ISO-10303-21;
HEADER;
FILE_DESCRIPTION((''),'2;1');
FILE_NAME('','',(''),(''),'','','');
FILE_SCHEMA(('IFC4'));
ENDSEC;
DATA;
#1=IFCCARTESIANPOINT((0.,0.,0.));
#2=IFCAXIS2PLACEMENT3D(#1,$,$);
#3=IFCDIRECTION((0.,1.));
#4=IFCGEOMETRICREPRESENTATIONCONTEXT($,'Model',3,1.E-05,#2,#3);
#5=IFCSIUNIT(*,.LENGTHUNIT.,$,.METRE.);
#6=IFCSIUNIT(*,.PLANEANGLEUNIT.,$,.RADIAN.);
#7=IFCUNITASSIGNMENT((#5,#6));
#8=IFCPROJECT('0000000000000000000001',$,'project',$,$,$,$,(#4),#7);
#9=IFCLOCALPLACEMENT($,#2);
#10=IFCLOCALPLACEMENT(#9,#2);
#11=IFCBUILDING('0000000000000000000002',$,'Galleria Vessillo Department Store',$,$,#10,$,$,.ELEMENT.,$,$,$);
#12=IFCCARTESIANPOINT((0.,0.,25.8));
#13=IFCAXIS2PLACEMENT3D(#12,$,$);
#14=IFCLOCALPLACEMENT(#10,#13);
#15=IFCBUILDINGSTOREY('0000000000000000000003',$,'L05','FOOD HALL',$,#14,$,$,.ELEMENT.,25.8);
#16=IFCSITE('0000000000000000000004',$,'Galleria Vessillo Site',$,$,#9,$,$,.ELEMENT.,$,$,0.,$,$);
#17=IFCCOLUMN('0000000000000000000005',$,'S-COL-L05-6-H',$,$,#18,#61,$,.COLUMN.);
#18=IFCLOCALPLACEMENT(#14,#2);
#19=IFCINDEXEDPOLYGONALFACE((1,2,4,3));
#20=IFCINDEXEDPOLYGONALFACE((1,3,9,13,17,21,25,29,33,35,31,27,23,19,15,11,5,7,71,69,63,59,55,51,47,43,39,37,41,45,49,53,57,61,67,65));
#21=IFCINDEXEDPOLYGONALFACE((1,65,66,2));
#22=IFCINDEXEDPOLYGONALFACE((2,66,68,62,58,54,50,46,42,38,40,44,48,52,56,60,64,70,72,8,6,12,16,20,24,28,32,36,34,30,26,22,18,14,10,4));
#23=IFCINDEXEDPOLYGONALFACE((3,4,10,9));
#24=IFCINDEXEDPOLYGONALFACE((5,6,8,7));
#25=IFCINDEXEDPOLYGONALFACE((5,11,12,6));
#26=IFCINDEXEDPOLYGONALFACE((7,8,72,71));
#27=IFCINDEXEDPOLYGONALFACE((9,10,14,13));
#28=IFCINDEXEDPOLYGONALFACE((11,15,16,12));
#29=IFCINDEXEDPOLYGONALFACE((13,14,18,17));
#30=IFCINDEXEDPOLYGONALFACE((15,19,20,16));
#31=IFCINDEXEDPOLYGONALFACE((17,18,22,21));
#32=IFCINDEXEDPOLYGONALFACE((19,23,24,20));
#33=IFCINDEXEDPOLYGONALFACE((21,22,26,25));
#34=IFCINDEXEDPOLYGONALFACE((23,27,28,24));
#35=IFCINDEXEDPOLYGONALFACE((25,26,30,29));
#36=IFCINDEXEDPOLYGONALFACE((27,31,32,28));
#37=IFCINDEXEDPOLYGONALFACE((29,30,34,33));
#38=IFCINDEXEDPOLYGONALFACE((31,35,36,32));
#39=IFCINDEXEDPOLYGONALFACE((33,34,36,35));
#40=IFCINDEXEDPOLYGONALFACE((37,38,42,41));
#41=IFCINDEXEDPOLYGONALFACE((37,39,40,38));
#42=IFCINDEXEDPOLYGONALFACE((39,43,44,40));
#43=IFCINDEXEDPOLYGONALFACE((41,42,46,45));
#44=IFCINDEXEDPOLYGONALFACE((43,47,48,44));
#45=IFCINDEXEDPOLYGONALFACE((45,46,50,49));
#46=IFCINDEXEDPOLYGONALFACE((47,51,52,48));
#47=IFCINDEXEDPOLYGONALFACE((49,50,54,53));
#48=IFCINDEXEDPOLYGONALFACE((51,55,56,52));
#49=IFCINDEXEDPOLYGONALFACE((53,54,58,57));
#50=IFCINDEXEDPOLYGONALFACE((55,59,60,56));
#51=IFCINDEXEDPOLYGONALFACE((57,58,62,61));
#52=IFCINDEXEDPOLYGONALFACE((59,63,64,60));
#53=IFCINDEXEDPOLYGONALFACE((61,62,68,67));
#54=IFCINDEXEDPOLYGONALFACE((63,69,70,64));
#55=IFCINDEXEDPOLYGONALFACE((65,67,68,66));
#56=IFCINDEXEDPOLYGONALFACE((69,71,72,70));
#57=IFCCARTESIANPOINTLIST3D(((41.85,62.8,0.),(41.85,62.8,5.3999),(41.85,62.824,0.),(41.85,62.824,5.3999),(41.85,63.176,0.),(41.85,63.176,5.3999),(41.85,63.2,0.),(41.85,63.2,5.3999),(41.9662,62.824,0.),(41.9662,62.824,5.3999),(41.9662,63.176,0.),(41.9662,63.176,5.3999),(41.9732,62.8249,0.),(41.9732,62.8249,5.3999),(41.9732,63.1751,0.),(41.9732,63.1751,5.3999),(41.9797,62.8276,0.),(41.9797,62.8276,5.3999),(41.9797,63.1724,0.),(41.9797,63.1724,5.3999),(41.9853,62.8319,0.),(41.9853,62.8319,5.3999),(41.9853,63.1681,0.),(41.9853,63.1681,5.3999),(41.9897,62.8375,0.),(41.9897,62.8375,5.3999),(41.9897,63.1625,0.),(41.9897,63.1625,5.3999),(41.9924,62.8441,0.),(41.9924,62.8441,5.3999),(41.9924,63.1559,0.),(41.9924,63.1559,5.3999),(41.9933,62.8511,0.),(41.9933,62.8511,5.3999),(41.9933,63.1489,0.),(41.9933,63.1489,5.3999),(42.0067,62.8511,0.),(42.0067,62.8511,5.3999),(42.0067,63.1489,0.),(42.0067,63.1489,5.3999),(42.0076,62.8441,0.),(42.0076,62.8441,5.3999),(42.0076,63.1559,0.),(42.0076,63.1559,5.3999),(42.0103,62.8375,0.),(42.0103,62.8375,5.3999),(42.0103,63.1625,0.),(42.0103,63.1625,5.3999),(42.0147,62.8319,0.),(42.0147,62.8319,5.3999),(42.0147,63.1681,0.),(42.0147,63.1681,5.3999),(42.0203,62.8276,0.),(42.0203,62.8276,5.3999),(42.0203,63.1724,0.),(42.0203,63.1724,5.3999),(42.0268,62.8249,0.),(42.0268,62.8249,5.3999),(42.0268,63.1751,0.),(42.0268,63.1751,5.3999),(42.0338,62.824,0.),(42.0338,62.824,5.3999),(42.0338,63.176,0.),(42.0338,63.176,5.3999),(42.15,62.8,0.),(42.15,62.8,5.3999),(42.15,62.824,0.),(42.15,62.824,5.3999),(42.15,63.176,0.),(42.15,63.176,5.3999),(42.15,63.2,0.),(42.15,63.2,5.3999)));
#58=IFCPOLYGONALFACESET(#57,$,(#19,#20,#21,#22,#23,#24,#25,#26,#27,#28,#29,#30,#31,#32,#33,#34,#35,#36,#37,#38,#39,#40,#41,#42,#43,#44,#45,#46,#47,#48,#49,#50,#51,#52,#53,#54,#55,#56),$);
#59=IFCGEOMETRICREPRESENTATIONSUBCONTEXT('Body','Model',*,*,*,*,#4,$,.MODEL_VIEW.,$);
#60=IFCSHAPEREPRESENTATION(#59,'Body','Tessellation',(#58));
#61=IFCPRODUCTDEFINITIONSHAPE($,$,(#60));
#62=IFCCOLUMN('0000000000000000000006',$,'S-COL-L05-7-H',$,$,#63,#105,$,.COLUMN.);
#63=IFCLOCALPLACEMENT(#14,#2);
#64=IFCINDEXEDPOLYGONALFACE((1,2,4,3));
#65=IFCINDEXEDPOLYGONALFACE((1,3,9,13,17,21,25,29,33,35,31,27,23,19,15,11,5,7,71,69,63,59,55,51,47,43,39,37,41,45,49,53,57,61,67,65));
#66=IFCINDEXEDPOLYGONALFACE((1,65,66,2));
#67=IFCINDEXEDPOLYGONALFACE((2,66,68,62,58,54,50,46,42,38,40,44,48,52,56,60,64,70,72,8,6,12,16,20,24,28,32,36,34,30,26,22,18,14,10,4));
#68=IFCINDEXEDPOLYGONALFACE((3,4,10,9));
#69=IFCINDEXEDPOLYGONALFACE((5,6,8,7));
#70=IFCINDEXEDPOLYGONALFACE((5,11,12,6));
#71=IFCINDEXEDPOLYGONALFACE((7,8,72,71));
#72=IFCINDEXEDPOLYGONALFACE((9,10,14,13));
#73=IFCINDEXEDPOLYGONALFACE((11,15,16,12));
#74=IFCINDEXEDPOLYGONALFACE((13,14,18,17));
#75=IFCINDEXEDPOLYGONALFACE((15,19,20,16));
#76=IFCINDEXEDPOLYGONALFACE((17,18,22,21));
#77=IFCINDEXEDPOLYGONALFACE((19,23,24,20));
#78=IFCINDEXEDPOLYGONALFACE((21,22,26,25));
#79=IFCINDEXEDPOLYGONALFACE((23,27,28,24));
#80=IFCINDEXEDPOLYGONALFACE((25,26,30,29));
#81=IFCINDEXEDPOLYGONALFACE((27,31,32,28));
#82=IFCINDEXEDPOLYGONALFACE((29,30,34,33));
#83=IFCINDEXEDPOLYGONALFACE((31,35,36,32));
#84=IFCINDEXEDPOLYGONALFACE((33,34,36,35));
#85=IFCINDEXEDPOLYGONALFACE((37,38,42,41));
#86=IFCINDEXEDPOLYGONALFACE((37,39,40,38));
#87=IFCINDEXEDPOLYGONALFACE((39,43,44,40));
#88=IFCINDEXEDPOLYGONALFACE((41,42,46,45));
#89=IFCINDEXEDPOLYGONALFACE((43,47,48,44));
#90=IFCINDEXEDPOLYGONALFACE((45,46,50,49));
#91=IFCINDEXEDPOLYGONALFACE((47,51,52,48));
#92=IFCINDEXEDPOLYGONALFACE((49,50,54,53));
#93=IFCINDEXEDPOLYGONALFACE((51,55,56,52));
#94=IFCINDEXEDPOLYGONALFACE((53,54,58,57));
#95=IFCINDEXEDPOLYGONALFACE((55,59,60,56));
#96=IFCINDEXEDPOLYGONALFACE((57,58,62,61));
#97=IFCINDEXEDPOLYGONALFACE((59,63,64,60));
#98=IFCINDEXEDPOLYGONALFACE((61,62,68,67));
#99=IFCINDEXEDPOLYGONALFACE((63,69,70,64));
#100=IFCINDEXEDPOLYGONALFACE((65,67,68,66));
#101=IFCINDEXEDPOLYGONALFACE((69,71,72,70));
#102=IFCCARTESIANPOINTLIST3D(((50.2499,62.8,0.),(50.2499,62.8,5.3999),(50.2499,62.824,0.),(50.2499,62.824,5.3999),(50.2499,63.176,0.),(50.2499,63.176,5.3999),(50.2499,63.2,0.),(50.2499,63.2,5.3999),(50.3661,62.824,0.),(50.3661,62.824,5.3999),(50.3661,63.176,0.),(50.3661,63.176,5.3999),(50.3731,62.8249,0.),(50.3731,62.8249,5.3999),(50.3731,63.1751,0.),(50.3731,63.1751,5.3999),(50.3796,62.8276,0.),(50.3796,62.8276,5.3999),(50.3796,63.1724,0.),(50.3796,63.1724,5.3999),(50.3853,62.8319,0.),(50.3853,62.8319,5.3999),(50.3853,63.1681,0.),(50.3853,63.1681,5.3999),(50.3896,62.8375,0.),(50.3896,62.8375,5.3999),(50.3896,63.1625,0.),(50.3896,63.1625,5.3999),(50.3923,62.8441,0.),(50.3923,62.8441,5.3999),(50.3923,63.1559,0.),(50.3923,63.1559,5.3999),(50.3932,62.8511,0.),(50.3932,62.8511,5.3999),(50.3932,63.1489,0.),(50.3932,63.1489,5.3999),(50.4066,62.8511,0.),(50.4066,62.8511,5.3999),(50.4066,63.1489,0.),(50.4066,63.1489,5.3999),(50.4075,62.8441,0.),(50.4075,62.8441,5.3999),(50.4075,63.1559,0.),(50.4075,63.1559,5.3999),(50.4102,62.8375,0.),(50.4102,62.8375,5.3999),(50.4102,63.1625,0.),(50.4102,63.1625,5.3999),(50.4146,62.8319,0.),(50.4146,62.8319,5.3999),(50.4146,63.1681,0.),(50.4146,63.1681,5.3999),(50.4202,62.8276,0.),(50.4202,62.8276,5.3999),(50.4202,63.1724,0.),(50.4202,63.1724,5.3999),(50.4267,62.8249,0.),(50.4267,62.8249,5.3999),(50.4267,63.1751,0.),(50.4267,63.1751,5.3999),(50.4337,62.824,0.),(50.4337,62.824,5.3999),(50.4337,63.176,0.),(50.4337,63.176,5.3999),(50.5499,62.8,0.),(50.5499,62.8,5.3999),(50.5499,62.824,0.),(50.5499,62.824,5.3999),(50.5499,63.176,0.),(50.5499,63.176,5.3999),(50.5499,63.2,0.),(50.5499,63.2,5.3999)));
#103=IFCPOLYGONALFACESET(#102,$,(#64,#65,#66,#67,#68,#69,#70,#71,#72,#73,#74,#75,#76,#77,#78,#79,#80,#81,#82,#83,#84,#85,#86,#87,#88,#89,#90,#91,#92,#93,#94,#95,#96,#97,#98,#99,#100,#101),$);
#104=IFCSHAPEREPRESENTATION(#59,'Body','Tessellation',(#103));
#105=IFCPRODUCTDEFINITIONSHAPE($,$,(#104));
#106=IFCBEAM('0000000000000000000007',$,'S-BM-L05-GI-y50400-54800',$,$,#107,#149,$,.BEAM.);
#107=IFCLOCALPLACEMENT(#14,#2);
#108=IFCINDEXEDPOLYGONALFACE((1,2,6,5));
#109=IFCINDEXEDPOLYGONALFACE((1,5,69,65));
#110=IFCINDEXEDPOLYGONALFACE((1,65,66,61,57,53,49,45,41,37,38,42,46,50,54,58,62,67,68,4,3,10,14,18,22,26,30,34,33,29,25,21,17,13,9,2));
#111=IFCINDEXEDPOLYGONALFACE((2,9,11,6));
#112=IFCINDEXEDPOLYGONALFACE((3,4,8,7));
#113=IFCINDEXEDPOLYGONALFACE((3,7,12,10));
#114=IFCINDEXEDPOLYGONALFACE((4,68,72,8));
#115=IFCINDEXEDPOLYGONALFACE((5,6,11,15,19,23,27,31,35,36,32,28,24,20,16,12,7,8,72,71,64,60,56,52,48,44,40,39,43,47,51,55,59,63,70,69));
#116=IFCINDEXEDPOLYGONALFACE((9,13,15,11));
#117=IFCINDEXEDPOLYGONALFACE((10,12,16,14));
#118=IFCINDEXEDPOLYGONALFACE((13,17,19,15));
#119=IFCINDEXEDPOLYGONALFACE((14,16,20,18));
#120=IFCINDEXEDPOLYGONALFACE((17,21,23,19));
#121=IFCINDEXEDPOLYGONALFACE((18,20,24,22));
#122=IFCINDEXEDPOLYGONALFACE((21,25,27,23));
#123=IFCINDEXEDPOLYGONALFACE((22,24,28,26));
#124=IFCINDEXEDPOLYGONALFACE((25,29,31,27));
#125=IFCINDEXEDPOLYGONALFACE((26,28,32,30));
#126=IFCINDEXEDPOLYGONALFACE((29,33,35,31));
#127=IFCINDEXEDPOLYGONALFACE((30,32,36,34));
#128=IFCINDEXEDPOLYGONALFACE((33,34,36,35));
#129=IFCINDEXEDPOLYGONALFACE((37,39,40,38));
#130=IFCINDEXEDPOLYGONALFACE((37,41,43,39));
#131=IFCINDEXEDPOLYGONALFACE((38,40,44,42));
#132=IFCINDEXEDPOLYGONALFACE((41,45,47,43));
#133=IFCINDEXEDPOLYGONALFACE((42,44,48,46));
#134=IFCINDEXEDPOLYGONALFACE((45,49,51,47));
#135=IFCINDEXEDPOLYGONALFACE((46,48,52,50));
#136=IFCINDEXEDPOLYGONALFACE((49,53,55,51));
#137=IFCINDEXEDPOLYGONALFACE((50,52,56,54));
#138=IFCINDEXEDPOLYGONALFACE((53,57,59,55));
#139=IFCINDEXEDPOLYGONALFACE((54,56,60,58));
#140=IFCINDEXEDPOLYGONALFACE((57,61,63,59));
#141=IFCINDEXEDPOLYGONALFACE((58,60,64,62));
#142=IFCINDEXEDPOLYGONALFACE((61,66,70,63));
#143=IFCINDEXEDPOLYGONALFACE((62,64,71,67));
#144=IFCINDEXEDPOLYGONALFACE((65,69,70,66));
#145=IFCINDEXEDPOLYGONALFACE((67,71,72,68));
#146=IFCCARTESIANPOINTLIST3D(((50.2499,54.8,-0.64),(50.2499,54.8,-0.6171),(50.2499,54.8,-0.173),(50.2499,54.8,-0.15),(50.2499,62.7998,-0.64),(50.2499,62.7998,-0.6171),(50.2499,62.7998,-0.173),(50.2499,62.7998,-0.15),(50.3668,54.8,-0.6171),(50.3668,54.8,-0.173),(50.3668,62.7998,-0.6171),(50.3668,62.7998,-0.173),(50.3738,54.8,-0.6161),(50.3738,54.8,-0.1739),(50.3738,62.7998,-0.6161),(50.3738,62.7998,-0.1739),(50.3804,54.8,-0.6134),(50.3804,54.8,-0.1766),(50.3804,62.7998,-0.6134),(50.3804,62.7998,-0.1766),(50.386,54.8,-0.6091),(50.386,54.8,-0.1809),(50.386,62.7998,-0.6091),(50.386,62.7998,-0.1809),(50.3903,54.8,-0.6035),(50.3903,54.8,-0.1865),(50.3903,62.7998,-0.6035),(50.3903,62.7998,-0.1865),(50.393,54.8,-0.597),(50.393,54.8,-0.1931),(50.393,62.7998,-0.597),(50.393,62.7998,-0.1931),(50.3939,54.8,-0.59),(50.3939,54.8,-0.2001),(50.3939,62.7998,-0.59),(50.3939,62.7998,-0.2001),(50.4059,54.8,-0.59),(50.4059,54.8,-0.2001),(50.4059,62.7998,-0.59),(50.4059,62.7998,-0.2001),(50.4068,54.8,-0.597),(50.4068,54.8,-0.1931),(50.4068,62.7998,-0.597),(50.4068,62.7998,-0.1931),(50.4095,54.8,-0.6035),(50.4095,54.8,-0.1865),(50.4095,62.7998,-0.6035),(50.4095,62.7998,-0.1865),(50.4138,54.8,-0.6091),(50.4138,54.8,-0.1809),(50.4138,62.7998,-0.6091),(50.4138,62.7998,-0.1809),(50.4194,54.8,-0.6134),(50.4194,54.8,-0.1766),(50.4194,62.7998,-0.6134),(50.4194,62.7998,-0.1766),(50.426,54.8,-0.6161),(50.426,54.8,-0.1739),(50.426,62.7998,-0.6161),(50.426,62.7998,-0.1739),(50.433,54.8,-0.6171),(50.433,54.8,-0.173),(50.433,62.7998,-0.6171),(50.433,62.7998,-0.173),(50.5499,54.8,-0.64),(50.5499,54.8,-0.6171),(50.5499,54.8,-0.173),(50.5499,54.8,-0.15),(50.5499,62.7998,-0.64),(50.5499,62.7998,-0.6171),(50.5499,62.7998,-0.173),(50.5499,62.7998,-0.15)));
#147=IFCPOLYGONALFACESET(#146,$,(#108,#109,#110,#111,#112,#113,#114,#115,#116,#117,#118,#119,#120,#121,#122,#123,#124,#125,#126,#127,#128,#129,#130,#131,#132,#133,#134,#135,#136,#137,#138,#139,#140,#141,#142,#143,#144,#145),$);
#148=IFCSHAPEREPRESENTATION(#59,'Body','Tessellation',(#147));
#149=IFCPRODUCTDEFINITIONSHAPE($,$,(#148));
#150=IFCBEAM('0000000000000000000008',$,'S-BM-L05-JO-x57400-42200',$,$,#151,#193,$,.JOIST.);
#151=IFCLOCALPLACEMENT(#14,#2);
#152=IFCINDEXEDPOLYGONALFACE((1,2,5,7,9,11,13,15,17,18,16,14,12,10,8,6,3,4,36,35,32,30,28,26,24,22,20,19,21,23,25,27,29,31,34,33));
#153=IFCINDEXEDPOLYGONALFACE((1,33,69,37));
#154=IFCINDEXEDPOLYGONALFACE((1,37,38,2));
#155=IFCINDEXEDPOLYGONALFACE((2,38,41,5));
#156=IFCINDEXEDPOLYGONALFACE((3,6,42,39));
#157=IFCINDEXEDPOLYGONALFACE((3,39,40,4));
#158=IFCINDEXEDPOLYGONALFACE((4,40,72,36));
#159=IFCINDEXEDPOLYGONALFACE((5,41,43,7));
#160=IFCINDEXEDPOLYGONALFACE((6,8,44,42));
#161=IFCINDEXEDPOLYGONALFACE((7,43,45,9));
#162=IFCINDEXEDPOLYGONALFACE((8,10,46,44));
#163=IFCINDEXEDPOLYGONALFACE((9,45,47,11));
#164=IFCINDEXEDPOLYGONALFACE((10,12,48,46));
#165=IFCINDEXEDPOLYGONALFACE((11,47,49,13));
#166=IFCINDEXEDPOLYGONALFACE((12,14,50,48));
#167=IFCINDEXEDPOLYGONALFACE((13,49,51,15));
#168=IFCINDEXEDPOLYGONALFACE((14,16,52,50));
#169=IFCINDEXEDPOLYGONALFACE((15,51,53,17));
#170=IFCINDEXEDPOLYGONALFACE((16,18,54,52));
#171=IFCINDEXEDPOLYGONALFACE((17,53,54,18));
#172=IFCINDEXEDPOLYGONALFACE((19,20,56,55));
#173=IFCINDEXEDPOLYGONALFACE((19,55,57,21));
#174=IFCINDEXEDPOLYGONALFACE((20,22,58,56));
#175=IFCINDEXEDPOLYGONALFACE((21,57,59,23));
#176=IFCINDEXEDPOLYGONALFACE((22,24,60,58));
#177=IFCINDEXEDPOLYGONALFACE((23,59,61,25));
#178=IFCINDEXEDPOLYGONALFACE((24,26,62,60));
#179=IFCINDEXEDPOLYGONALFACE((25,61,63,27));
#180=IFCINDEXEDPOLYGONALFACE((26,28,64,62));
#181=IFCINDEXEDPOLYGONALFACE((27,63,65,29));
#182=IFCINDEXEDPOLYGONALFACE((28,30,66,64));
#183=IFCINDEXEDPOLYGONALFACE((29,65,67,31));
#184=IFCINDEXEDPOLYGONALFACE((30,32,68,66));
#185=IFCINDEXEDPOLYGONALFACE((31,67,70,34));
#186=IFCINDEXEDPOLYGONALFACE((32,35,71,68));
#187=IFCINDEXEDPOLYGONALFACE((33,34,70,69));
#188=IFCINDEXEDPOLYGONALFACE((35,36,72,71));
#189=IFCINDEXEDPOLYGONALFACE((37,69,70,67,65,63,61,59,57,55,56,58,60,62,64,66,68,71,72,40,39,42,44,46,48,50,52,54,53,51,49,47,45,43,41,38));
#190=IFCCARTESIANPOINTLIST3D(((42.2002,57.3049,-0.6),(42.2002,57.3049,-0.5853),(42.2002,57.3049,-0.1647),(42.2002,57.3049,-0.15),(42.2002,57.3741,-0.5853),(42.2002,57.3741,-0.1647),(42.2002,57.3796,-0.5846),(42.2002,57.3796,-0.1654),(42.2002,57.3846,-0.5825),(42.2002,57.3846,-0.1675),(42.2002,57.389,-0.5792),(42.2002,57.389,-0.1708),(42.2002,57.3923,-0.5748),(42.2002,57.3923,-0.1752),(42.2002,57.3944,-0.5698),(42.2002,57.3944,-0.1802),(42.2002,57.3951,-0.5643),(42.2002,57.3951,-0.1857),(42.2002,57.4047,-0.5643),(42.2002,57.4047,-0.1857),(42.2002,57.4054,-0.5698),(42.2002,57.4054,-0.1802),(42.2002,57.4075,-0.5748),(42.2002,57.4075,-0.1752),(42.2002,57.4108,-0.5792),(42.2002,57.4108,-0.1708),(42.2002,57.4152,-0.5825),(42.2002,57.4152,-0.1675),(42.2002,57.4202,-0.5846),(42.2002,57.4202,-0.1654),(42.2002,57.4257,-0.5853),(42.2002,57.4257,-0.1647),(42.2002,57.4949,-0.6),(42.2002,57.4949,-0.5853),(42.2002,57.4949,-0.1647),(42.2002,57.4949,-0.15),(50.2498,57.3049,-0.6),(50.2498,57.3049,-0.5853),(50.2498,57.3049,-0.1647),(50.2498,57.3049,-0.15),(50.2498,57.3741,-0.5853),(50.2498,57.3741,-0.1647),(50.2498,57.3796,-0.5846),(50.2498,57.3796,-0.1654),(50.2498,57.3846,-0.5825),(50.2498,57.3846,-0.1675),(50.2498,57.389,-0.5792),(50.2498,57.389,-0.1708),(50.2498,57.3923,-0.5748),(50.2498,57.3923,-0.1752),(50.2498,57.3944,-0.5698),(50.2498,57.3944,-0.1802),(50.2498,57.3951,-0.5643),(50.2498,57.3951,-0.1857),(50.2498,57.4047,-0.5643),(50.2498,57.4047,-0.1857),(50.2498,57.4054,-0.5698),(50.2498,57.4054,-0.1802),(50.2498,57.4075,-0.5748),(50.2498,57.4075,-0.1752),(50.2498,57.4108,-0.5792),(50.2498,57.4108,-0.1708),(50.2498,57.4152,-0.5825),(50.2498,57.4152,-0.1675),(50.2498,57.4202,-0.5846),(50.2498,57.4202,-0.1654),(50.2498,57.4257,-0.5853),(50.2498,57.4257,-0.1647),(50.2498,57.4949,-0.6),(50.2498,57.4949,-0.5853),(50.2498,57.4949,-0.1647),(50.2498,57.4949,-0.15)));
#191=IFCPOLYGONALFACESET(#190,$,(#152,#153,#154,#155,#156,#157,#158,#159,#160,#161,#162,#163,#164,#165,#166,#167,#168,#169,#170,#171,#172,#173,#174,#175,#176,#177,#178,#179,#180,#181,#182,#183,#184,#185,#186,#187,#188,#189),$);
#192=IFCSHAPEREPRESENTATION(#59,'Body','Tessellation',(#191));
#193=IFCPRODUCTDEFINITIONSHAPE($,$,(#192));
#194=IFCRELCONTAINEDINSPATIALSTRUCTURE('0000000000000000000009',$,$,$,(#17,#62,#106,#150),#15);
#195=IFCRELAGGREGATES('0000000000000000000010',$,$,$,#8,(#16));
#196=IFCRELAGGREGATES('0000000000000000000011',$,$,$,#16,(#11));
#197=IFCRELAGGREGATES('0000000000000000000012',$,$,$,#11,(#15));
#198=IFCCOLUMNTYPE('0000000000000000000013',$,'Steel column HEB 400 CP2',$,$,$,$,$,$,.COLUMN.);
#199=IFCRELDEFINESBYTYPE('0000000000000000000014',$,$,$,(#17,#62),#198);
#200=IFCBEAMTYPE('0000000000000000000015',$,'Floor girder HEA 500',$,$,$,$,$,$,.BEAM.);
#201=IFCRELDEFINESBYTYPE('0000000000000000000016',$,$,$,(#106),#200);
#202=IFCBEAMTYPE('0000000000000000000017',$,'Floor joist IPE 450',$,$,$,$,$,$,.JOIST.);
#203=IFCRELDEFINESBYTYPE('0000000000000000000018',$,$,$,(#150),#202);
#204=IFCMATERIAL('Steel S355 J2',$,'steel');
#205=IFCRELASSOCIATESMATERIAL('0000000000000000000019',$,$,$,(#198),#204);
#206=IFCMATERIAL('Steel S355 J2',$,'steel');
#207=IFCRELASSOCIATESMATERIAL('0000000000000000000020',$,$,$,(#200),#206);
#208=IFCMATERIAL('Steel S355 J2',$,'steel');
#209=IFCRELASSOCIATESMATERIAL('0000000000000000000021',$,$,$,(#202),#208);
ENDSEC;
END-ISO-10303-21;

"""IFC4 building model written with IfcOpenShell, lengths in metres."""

from ifc_helpers import new_model, si_unit, direction, frame, origin, origin_2d, place, context, subcontext, project, spatial, i_section, extrude, material, material_profile, profile_set, type_object, element, save


model = new_model("IFC4")

# Units and contexts
model_context = context("Model", 3, precision=1e-05, world=origin(), true_north=direction((0.0, 1.0)))
body_context = subcontext(model_context, "Body", "Model", "MODEL_VIEW")
ifc_project = project(units=[si_unit("LENGTHUNIT", "METRE"), si_unit("PLANEANGLEUNIT", "RADIAN")], contexts=[model_context])

# Site, building, storey
site_placement = place(None, origin())
site = spatial("IfcSite", under=ifc_project, at=site_placement, Name="Galleria Vessillo Site", CompositionType="ELEMENT", RefElevation=0.0)
building_placement = place(site_placement, origin())
building = spatial("IfcBuilding", under=site, at=building_placement, Name="Galleria Vessillo Department Store", CompositionType="ELEMENT")
storey_placement = place(building_placement, frame((0.0, 0.0, 25.8)))
storey = spatial("IfcBuildingStorey", under=building, at=storey_placement, Name="L05", Description="FOOD HALL", CompositionType="ELEMENT", Elevation=25.8)

# Columns
ifc_material_1 = material(Name="Steel S355 J2", Category="steel")
ifc_material_profile_1 = material_profile(ifc_material_1, i_section(OverallWidth=0.3, OverallDepth=0.3999, WebThickness=0.0134, FlangeThickness=0.0239, FilletRadius=0.0271, at=origin_2d()), Name="HEB 400")
ifc_profile_set_1 = profile_set([ifc_material_profile_1], Name="Steel S355 J2")
column_type = type_object("IfcColumnType", Name="Steel column HEB 400 CP2", PredefinedType="COLUMN", material=ifc_profile_set_1)
for number, where, z_axis, x_axis, name in (
    (1, (42.0, 63.0, 0.0), (0.0, 0.0, 1.0), (1.0, 0.0, 0.0), "S-COL-L05-6-H"),
    (2, (50.3999, 63.0, 0.0), (0.0, 0.0, 1.0), (1.0, 0.0, 0.0), "S-COL-L05-7-H"),
):
    element("IfcColumn", number, at=place(storey_placement, frame(where, z_axis=z_axis, x_axis=x_axis)), inside=storey, type_object=column_type, Name=name, PredefinedType="COLUMN", context=body_context, shape_type="SweptSolid", body=[
        extrude(i_section(OverallWidth=0.3, OverallDepth=0.3999, WebThickness=0.0134, FlangeThickness=0.0239, FilletRadius=0.0271, at=origin_2d()), origin(), (0.0, 0.0, 1.0), 5.3999),
    ])

# Beams
ifc_material_2 = material(Name="Steel S355 J2", Category="steel")
ifc_material_profile_2 = material_profile(ifc_material_2, i_section(OverallWidth=0.3, OverallDepth=0.49, WebThickness=0.012, FlangeThickness=0.0229, FilletRadius=0.0271, at=origin_2d()), Name="HEA 500")
ifc_profile_set_2 = profile_set([ifc_material_profile_2], Name="Steel S355 J2")
beam_type_1 = type_object("IfcBeamType", Name="Floor girder HEA 500", PredefinedType="BEAM", material=ifc_profile_set_2)
beam_placement = place(storey_placement, frame((50.3999, 54.8, -0.395), z_axis=(0.0, 1.0, 0.0), x_axis=(-1.0, 0.0, 0.0)))
element("IfcBeam", 3, at=beam_placement, inside=storey, type_object=beam_type_1, Name="S-BM-L05-GI-y50400-54800", PredefinedType="BEAM", context=body_context, shape_type="SweptSolid", body=[
    extrude(i_section(OverallWidth=0.3, OverallDepth=0.49, WebThickness=0.012, FlangeThickness=0.0229, FilletRadius=0.0271, at=origin_2d()), origin(), (0.0, 0.0, 1.0), 7.9998),
])
ifc_material_3 = material(Name="Steel S355 J2", Category="steel")
ifc_material_profile_3 = material_profile(ifc_material_3, i_section(OverallWidth=0.1899, OverallDepth=0.45, WebThickness=0.0095, FlangeThickness=0.0146, FilletRadius=0.021, at=origin_2d()), Name="IPE 450")
ifc_profile_set_3 = profile_set([ifc_material_profile_3], Name="Steel S355 J2")
beam_type_2 = type_object("IfcBeamType", Name="Floor joist IPE 450", PredefinedType="JOIST", material=ifc_profile_set_3)
for number, where, z_axis, x_axis, name in (
    (4, (42.2002, 57.3999, -0.375), (1.0, 0.0, 0.0), (0.0, 1.0, 0.0), "S-BM-L05-JO-x57400-42200"),
):
    element("IfcBeam", number, at=place(storey_placement, frame(where, z_axis=z_axis, x_axis=x_axis)), inside=storey, type_object=beam_type_2, Name=name, PredefinedType="JOIST", context=body_context, shape_type="SweptSolid", body=[
        extrude(i_section(OverallWidth=0.1899, OverallDepth=0.45, WebThickness=0.0095, FlangeThickness=0.0146, FilletRadius=0.021, at=origin_2d()), origin(), (0.0, 0.0, 1.0), 8.0496),
    ])

save(model, "model.ifc")
